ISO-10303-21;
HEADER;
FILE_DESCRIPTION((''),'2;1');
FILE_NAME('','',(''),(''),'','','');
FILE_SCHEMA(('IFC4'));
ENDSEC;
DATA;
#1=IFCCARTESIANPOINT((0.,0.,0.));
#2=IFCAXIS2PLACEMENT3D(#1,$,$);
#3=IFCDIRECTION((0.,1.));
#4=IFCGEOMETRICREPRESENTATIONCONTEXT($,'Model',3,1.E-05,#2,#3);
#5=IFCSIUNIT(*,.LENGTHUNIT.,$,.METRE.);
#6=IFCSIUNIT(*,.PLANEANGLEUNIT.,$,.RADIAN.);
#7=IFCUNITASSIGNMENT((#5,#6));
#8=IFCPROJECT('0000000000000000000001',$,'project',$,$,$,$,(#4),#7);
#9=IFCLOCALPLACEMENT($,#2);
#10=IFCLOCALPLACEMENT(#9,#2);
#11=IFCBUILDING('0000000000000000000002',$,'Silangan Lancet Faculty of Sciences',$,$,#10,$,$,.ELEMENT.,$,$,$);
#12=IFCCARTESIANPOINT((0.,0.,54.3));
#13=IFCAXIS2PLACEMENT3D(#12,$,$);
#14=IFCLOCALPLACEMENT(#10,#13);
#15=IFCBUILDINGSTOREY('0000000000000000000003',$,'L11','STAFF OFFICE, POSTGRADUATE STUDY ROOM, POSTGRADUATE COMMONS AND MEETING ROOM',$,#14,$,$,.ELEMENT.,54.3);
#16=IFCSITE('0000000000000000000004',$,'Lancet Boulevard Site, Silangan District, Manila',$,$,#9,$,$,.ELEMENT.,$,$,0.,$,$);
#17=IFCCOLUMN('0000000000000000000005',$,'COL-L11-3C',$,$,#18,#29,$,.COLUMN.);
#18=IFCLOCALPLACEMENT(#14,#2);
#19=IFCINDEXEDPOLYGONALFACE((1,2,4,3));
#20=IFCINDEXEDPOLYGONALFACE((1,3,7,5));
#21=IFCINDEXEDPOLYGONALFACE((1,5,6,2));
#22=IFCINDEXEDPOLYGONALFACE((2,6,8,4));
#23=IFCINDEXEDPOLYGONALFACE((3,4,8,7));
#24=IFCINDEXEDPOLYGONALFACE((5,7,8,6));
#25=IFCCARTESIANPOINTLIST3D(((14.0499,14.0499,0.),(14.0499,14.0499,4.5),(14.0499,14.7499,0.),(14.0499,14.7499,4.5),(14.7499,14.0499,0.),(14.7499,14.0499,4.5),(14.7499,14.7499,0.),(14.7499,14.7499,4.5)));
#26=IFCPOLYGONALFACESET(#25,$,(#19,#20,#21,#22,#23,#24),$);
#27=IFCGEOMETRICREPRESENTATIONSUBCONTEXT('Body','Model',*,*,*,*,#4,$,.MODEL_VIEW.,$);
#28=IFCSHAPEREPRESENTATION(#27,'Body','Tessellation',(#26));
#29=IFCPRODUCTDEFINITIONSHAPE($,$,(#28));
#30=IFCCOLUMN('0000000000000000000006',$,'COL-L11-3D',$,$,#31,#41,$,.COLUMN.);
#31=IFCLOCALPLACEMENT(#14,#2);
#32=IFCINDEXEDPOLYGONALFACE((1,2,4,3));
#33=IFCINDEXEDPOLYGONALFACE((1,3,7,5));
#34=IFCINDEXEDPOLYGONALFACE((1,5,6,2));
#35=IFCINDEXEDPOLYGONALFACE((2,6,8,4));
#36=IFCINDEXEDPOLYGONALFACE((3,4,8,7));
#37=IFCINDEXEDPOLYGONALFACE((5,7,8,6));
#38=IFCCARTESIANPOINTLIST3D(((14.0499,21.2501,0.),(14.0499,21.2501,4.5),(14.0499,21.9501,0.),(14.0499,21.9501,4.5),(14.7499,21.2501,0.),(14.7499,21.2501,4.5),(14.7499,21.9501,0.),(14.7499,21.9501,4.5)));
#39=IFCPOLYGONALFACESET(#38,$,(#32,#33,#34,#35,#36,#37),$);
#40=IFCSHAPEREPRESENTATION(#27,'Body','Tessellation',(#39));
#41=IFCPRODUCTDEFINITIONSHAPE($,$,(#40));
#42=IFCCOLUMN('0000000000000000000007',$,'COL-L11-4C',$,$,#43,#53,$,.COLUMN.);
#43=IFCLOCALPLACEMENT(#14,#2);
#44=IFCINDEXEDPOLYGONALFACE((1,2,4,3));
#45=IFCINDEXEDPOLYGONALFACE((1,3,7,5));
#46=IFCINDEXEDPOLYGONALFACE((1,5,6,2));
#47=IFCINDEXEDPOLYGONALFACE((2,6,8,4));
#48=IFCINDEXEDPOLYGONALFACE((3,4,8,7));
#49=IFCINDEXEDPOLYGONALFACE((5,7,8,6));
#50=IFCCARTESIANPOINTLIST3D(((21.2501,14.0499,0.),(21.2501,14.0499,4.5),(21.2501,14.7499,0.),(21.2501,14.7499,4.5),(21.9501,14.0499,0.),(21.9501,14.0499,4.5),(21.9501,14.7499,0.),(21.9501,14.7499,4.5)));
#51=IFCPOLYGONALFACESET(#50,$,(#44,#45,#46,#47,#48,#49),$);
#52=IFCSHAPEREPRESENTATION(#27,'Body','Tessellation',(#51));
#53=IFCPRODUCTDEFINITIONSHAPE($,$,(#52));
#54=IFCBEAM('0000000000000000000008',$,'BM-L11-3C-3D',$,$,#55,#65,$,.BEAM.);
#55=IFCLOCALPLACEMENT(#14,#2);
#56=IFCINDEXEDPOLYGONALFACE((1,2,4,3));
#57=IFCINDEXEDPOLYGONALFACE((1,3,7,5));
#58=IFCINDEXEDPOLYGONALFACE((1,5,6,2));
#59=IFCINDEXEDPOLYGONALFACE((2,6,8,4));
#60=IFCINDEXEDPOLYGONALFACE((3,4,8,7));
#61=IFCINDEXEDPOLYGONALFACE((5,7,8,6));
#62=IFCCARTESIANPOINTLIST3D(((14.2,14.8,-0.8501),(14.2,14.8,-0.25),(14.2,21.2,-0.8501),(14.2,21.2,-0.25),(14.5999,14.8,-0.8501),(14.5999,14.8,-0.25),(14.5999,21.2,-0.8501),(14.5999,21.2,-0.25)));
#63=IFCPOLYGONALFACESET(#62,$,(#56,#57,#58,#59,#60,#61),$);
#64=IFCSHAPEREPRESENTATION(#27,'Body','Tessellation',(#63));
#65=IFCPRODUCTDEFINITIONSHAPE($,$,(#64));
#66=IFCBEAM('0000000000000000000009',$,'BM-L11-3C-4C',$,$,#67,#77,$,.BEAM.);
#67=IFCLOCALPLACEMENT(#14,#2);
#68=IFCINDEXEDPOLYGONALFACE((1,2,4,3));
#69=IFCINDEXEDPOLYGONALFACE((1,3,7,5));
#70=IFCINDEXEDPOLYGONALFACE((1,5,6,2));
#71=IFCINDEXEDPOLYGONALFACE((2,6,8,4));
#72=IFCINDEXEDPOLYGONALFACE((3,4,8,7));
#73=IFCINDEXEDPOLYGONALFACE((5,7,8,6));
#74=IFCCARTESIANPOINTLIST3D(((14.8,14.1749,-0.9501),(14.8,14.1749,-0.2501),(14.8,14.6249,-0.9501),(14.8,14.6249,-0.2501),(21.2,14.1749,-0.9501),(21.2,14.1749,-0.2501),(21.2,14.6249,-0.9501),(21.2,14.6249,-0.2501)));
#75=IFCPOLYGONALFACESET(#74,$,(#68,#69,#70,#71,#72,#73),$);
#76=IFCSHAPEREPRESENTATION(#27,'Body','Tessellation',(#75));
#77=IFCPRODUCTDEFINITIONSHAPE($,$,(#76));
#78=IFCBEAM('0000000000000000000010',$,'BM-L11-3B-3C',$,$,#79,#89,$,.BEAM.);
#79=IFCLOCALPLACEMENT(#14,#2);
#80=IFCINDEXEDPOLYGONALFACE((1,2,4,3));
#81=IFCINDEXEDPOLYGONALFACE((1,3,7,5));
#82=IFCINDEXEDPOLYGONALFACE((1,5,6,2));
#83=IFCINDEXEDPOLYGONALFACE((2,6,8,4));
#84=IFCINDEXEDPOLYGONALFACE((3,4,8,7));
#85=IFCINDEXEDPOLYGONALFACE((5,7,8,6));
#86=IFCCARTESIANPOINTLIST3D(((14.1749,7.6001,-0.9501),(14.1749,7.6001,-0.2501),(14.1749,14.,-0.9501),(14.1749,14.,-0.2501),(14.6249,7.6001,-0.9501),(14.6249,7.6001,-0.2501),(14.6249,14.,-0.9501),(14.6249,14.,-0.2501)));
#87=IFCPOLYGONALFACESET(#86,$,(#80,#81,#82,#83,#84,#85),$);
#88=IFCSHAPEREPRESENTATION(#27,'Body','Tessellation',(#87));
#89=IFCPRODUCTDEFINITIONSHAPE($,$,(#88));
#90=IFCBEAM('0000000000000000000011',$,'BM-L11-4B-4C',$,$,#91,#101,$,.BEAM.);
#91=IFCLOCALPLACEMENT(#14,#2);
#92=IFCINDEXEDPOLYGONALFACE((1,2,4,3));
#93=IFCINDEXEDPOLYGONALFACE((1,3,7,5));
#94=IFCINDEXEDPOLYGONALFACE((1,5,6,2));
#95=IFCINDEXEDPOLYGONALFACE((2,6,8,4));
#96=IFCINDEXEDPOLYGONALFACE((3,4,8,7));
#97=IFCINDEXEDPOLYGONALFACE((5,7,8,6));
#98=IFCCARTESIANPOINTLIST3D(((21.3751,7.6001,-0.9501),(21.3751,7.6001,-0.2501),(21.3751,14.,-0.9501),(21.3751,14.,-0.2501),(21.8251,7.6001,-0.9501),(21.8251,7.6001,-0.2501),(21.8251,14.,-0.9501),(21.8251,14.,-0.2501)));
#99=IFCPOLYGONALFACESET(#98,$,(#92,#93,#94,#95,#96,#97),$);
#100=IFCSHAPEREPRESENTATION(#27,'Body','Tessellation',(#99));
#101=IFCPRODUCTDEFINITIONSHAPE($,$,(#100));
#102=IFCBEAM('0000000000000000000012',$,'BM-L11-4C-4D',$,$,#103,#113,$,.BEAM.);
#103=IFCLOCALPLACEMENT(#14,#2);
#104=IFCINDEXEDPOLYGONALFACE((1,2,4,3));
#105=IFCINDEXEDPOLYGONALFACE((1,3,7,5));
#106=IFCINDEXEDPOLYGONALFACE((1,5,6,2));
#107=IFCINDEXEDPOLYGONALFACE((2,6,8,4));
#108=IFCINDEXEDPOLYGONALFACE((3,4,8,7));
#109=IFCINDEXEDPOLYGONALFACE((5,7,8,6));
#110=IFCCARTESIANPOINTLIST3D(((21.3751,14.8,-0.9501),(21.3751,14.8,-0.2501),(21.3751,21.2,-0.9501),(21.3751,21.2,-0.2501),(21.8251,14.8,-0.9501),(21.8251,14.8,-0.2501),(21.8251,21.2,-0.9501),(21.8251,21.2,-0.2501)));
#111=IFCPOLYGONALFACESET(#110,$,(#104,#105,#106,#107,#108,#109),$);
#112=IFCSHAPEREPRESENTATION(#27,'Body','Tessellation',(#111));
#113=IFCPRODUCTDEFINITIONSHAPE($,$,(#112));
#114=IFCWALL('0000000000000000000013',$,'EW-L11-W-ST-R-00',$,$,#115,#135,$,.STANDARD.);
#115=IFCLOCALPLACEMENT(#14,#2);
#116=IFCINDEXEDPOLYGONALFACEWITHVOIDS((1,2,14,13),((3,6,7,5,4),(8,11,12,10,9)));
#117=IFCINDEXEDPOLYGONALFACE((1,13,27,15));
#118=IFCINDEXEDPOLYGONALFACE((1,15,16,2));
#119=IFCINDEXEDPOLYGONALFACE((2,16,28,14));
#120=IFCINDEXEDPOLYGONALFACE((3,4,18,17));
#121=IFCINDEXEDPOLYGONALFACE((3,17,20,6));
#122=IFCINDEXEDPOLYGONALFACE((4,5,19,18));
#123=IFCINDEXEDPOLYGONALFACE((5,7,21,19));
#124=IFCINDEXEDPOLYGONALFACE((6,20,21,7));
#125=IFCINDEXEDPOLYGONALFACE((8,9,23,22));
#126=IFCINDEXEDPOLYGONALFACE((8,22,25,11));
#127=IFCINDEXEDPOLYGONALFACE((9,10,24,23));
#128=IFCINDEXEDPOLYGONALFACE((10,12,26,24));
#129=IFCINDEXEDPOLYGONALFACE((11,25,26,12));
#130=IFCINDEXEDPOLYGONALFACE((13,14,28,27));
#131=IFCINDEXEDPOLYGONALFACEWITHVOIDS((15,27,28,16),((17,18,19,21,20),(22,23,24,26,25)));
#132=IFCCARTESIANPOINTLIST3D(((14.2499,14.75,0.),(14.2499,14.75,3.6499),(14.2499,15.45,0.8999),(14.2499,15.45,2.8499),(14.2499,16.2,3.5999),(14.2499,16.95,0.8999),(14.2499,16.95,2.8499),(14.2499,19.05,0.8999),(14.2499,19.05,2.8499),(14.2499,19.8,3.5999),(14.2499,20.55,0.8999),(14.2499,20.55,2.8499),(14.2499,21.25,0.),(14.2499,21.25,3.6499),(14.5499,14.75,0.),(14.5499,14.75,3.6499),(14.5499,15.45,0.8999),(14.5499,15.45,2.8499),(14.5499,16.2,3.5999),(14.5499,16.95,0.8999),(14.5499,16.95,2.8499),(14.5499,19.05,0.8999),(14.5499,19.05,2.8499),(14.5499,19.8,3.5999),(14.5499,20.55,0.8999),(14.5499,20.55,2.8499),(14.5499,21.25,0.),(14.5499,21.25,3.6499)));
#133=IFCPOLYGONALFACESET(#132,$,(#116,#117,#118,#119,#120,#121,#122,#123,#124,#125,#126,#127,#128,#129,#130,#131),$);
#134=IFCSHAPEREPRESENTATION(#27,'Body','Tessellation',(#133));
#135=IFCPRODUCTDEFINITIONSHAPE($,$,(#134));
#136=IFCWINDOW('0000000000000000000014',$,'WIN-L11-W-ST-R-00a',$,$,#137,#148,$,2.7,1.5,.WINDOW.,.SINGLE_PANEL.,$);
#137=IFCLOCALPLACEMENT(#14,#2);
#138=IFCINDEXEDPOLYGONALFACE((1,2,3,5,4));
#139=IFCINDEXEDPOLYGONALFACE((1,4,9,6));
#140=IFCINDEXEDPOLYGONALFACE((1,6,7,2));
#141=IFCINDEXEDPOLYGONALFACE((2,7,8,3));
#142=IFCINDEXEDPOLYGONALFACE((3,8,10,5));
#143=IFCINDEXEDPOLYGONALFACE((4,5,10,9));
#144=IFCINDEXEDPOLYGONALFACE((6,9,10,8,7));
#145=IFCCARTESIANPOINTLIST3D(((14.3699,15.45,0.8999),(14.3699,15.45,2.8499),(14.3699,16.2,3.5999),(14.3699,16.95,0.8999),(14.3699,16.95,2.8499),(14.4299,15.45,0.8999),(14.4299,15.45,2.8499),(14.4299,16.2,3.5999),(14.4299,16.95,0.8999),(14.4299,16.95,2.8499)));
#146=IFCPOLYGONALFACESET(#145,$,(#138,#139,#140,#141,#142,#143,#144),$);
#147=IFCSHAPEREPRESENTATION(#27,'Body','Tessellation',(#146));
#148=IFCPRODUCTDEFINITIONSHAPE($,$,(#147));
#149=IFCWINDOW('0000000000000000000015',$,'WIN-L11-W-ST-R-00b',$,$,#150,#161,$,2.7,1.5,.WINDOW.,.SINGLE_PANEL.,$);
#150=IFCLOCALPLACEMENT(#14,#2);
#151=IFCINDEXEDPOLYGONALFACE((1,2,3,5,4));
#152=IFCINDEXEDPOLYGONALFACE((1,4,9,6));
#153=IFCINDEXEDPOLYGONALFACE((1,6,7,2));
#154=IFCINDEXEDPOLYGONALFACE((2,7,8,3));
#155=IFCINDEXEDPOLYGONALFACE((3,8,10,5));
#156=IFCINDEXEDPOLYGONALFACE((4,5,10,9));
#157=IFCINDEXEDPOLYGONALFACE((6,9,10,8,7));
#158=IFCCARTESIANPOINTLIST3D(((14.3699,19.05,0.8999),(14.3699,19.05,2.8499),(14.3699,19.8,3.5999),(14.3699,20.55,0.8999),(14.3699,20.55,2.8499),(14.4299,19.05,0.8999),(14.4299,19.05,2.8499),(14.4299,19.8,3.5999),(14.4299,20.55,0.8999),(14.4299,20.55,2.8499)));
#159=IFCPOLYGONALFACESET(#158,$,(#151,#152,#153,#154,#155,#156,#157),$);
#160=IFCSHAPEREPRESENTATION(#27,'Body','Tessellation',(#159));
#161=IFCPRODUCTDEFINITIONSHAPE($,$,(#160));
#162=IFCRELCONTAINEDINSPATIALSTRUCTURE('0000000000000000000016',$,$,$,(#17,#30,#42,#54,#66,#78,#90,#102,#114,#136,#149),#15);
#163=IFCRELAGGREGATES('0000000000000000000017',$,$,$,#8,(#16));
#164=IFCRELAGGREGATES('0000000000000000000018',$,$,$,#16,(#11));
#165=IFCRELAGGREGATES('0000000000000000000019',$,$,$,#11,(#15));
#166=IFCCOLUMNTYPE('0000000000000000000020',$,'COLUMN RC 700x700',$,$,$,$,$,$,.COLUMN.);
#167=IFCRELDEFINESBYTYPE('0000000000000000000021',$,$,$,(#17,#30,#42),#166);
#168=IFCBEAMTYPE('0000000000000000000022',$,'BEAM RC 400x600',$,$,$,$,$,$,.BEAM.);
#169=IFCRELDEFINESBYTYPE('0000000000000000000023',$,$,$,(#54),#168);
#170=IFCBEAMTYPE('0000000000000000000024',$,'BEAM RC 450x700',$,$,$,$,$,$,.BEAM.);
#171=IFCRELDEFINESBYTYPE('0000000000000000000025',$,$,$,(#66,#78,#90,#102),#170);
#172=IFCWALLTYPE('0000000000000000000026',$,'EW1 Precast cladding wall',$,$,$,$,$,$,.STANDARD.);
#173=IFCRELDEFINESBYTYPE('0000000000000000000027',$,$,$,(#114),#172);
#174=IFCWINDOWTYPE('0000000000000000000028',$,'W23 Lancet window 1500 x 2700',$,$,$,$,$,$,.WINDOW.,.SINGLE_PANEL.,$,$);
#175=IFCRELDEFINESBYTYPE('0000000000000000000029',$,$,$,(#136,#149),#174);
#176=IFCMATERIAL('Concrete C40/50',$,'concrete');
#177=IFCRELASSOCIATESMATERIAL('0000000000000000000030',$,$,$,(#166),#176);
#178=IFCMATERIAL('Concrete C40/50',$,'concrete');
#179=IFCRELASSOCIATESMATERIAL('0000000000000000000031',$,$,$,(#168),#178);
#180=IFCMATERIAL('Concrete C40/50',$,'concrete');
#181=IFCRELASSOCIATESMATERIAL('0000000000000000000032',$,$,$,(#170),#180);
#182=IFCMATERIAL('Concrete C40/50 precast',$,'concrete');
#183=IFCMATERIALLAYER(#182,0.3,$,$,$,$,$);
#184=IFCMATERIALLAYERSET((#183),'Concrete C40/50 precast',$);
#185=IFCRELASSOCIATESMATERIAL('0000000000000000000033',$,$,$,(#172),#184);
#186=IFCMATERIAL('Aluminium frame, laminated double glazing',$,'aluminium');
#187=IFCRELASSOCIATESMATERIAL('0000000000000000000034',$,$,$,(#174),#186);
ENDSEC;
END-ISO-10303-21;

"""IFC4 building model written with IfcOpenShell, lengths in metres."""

from ifc_helpers import new_model, si_unit, direction, frame, frame_2d, origin, origin_2d, place, context, subcontext, project, spatial, polyline, rectangle, outline, extrude, material, layer, layer_set, material_profile, profile_set, type_object, element, fill, save


model = new_model("IFC4")

# Units and contexts
model_context = context("Model", 3, precision=1e-05, world=origin(), true_north=direction((0.0, 1.0)))
body_context = subcontext(model_context, "Body", "Model", "MODEL_VIEW")
ifc_project = project(units=[si_unit("LENGTHUNIT", "METRE"), si_unit("PLANEANGLEUNIT", "RADIAN")], contexts=[model_context])

# Site, building, storey
site_placement = place(None, origin())
site = spatial("IfcSite", under=ifc_project, at=site_placement, Name="Lancet Boulevard Site, Silangan District, Manila", CompositionType="ELEMENT", RefElevation=0.0)
building_placement = place(site_placement, origin())
building = spatial("IfcBuilding", under=site, at=building_placement, Name="Silangan Lancet Faculty of Sciences", CompositionType="ELEMENT")
storey_placement = place(building_placement, frame((0.0, 0.0, 54.3)))
storey = spatial("IfcBuildingStorey", under=building, at=storey_placement, Name="L11", Description="STAFF OFFICE, POSTGRADUATE STUDY ROOM, POSTGRADUATE COMMONS AND MEETING ROOM", CompositionType="ELEMENT", Elevation=54.3)

# Columns
ifc_material_1 = material(Name="Concrete C40/50", Category="concrete")
ifc_material_profile_1 = material_profile(ifc_material_1, rectangle(XDim=0.7, YDim=0.7, at=origin_2d()), Name="RC 700x700")
ifc_profile_set_1 = profile_set([ifc_material_profile_1], Name="Concrete C40/50")
column_type = type_object("IfcColumnType", Name="COLUMN RC 700x700", PredefinedType="COLUMN", material=ifc_profile_set_1)
for number, where, z_axis, x_axis, name in (
    (1, (14.3999, 14.3999, 0.0), (0.0, 0.0, 1.0), (1.0, 0.0, 0.0), "COL-L11-3C"),
    (2, (14.3999, 21.6001, 0.0), (0.0, 0.0, 1.0), (1.0, 0.0, 0.0), "COL-L11-3D"),
    (3, (21.6001, 14.3999, 0.0), (0.0, 0.0, 1.0), (1.0, 0.0, 0.0), "COL-L11-4C"),
):
    element("IfcColumn", number, at=place(storey_placement, frame(where, z_axis=z_axis, x_axis=x_axis)), inside=storey, type_object=column_type, Name=name, PredefinedType="COLUMN", context=body_context, shape_type="SweptSolid", body=[
        extrude(rectangle(XDim=0.7, YDim=0.7, at=origin_2d()), origin(), (0.0, 0.0, 1.0), 4.5),
    ])

# Beams
ifc_material_2 = material(Name="Concrete C40/50", Category="concrete")
ifc_material_profile_2 = material_profile(ifc_material_2, rectangle(XDim=0.3999, YDim=0.6001, at=origin_2d()), Name="RC 400x600")
ifc_profile_set_2 = profile_set([ifc_material_profile_2], Name="Concrete C40/50")
beam_type_1 = type_object("IfcBeamType", Name="BEAM RC 400x600", PredefinedType="BEAM", material=ifc_profile_set_2)
beam_placement = place(storey_placement, frame((14.3999, 14.8, -0.55), z_axis=(0.0, 1.0, 0.0), x_axis=(-1.0, 0.0, 0.0)))
element("IfcBeam", 4, at=beam_placement, inside=storey, type_object=beam_type_1, Name="BM-L11-3C-3D", PredefinedType="BEAM", context=body_context, shape_type="SweptSolid", body=[
    extrude(rectangle(XDim=0.3999, YDim=0.6001, at=origin_2d()), origin(), (0.0, 0.0, 1.0), 6.3999),
])
ifc_material_3 = material(Name="Concrete C40/50", Category="concrete")
ifc_material_profile_3 = material_profile(ifc_material_3, rectangle(XDim=0.45, YDim=0.7, at=origin_2d()), Name="RC 450x700")
ifc_profile_set_3 = profile_set([ifc_material_profile_3], Name="Concrete C40/50")
beam_type_2 = type_object("IfcBeamType", Name="BEAM RC 450x700", PredefinedType="BEAM", material=ifc_profile_set_3)
for number, where, z_axis, x_axis, name in (
    (5, (14.8, 14.3999, -0.6001), (1.0, 0.0, 0.0), (0.0, 1.0, 0.0), "BM-L11-3C-4C"),
    (6, (14.3999, 7.6001, -0.6001), (0.0, 1.0, 0.0), (-1.0, 0.0, 0.0), "BM-L11-3B-3C"),
    (7, (21.6001, 7.6001, -0.6001), (0.0, 1.0, 0.0), (-1.0, 0.0, 0.0), "BM-L11-4B-4C"),
    (8, (21.6001, 14.8, -0.6001), (0.0, 1.0, 0.0), (-1.0, 0.0, 0.0), "BM-L11-4C-4D"),
):
    element("IfcBeam", number, at=place(storey_placement, frame(where, z_axis=z_axis, x_axis=x_axis)), inside=storey, type_object=beam_type_2, Name=name, PredefinedType="BEAM", context=body_context, shape_type="SweptSolid", body=[
        extrude(rectangle(XDim=0.45, YDim=0.7, at=origin_2d()), origin(), (0.0, 0.0, 1.0), 6.3999),
    ])

# Wall, openings, windows
ifc_material_4 = material(Name="Concrete C40/50 precast", Category="concrete")
ifc_layer_1 = layer(ifc_material_4, 0.3)
ifc_layer_set_1 = layer_set([ifc_layer_1], Name="Concrete C40/50 precast")
wall_type_1 = type_object("IfcWallType", Name="EW1 Precast cladding wall", PredefinedType="STANDARD", material=ifc_layer_set_1)
wall_1_placement = place(storey_placement, frame((14.3999, 14.75, 0.0), z_axis=(0.0, 0.0, 1.0), x_axis=(0.0, 1.0, 0.0)))
wall_1 = element("IfcWall", 9, at=wall_1_placement, inside=storey, type_object=wall_type_1, Name="EW-L11-W-ST-R-00", PredefinedType="STANDARD", context=body_context, shape_type="SweptSolid", body=[
    extrude(rectangle(XDim=6.5, YDim=0.3, at=frame_2d((3.25, 0.0))), origin(), (0.0, 0.0, 1.0), 3.6499),
])
opening_1_placement = place(wall_1_placement, frame((0.7, 0.0, 0.8999)))
opening_1 = element("IfcOpeningElement", 10, at=opening_1_placement, cuts=wall_1, PredefinedType="OPENING", context=body_context, shape_type="SweptSolid", body=[
    extrude(outline(polyline([(0.0, 0.0), (1.5, 0.0), (1.5, 1.95), (0.75, 2.7), (0.0, 1.95), (0.0, 0.0)])), frame((0.0, 0.1599, 0.0), z_axis=(0.0, -1.0, 0.0), x_axis=(1.0, 0.0, 0.0)), (0.0, 0.0, 1.0), 0.3201),
])
opening_2_placement = place(wall_1_placement, frame((4.3, 0.0, 0.8999)))
opening_2 = element("IfcOpeningElement", 11, at=opening_2_placement, cuts=wall_1, PredefinedType="OPENING", context=body_context, shape_type="SweptSolid", body=[
    extrude(outline(polyline([(0.0, 0.0), (1.5, 0.0), (1.5, 1.95), (0.75, 2.7), (0.0, 1.95), (0.0, 0.0)])), frame((0.0, 0.1599, 0.0), z_axis=(0.0, -1.0, 0.0), x_axis=(1.0, 0.0, 0.0)), (0.0, 0.0, 1.0), 0.3201),
])
ifc_material_5 = material(Name="Aluminium frame, laminated double glazing", Category="aluminium")
window_type = type_object("IfcWindowType", Name="W23 Lancet window 1500 x 2700", PartitioningType="SINGLE_PANEL", PredefinedType="WINDOW", material=ifc_material_5)
window_1_placement = place(opening_1_placement, origin())
window_1 = element("IfcWindow", 12, at=window_1_placement, inside=storey, type_object=window_type, Name="WIN-L11-W-ST-R-00a", OverallHeight=2.7, OverallWidth=1.5, PartitioningType="SINGLE_PANEL", PredefinedType="WINDOW", context=body_context, shape_type="SweptSolid", body=[
    extrude(outline(polyline([(0.0, 0.0), (1.5, 0.0), (1.5, 1.95), (0.75, 2.7), (0.0, 1.95), (0.0, 0.0)])), frame((0.0, 0.03, 0.0), z_axis=(0.0, -1.0, 0.0), x_axis=(1.0, 0.0, 0.0)), (0.0, 0.0, 1.0), 0.0601),
])
fill(opening_1, window_1)
window_2_placement = place(opening_2_placement, origin())
window_2 = element("IfcWindow", 13, at=window_2_placement, inside=storey, type_object=window_type, Name="WIN-L11-W-ST-R-00b", OverallHeight=2.7, OverallWidth=1.5, PartitioningType="SINGLE_PANEL", PredefinedType="WINDOW", context=body_context, shape_type="SweptSolid", body=[
    extrude(outline(polyline([(0.0, 0.0), (1.5, 0.0), (1.5, 1.95), (0.75, 2.7), (0.0, 1.95), (0.0, 0.0)])), frame((0.0, 0.03, 0.0), z_axis=(0.0, -1.0, 0.0), x_axis=(1.0, 0.0, 0.0)), (0.0, 0.0, 1.0), 0.0601),
])
fill(opening_2, window_2)

save(model, "model.ifc")
